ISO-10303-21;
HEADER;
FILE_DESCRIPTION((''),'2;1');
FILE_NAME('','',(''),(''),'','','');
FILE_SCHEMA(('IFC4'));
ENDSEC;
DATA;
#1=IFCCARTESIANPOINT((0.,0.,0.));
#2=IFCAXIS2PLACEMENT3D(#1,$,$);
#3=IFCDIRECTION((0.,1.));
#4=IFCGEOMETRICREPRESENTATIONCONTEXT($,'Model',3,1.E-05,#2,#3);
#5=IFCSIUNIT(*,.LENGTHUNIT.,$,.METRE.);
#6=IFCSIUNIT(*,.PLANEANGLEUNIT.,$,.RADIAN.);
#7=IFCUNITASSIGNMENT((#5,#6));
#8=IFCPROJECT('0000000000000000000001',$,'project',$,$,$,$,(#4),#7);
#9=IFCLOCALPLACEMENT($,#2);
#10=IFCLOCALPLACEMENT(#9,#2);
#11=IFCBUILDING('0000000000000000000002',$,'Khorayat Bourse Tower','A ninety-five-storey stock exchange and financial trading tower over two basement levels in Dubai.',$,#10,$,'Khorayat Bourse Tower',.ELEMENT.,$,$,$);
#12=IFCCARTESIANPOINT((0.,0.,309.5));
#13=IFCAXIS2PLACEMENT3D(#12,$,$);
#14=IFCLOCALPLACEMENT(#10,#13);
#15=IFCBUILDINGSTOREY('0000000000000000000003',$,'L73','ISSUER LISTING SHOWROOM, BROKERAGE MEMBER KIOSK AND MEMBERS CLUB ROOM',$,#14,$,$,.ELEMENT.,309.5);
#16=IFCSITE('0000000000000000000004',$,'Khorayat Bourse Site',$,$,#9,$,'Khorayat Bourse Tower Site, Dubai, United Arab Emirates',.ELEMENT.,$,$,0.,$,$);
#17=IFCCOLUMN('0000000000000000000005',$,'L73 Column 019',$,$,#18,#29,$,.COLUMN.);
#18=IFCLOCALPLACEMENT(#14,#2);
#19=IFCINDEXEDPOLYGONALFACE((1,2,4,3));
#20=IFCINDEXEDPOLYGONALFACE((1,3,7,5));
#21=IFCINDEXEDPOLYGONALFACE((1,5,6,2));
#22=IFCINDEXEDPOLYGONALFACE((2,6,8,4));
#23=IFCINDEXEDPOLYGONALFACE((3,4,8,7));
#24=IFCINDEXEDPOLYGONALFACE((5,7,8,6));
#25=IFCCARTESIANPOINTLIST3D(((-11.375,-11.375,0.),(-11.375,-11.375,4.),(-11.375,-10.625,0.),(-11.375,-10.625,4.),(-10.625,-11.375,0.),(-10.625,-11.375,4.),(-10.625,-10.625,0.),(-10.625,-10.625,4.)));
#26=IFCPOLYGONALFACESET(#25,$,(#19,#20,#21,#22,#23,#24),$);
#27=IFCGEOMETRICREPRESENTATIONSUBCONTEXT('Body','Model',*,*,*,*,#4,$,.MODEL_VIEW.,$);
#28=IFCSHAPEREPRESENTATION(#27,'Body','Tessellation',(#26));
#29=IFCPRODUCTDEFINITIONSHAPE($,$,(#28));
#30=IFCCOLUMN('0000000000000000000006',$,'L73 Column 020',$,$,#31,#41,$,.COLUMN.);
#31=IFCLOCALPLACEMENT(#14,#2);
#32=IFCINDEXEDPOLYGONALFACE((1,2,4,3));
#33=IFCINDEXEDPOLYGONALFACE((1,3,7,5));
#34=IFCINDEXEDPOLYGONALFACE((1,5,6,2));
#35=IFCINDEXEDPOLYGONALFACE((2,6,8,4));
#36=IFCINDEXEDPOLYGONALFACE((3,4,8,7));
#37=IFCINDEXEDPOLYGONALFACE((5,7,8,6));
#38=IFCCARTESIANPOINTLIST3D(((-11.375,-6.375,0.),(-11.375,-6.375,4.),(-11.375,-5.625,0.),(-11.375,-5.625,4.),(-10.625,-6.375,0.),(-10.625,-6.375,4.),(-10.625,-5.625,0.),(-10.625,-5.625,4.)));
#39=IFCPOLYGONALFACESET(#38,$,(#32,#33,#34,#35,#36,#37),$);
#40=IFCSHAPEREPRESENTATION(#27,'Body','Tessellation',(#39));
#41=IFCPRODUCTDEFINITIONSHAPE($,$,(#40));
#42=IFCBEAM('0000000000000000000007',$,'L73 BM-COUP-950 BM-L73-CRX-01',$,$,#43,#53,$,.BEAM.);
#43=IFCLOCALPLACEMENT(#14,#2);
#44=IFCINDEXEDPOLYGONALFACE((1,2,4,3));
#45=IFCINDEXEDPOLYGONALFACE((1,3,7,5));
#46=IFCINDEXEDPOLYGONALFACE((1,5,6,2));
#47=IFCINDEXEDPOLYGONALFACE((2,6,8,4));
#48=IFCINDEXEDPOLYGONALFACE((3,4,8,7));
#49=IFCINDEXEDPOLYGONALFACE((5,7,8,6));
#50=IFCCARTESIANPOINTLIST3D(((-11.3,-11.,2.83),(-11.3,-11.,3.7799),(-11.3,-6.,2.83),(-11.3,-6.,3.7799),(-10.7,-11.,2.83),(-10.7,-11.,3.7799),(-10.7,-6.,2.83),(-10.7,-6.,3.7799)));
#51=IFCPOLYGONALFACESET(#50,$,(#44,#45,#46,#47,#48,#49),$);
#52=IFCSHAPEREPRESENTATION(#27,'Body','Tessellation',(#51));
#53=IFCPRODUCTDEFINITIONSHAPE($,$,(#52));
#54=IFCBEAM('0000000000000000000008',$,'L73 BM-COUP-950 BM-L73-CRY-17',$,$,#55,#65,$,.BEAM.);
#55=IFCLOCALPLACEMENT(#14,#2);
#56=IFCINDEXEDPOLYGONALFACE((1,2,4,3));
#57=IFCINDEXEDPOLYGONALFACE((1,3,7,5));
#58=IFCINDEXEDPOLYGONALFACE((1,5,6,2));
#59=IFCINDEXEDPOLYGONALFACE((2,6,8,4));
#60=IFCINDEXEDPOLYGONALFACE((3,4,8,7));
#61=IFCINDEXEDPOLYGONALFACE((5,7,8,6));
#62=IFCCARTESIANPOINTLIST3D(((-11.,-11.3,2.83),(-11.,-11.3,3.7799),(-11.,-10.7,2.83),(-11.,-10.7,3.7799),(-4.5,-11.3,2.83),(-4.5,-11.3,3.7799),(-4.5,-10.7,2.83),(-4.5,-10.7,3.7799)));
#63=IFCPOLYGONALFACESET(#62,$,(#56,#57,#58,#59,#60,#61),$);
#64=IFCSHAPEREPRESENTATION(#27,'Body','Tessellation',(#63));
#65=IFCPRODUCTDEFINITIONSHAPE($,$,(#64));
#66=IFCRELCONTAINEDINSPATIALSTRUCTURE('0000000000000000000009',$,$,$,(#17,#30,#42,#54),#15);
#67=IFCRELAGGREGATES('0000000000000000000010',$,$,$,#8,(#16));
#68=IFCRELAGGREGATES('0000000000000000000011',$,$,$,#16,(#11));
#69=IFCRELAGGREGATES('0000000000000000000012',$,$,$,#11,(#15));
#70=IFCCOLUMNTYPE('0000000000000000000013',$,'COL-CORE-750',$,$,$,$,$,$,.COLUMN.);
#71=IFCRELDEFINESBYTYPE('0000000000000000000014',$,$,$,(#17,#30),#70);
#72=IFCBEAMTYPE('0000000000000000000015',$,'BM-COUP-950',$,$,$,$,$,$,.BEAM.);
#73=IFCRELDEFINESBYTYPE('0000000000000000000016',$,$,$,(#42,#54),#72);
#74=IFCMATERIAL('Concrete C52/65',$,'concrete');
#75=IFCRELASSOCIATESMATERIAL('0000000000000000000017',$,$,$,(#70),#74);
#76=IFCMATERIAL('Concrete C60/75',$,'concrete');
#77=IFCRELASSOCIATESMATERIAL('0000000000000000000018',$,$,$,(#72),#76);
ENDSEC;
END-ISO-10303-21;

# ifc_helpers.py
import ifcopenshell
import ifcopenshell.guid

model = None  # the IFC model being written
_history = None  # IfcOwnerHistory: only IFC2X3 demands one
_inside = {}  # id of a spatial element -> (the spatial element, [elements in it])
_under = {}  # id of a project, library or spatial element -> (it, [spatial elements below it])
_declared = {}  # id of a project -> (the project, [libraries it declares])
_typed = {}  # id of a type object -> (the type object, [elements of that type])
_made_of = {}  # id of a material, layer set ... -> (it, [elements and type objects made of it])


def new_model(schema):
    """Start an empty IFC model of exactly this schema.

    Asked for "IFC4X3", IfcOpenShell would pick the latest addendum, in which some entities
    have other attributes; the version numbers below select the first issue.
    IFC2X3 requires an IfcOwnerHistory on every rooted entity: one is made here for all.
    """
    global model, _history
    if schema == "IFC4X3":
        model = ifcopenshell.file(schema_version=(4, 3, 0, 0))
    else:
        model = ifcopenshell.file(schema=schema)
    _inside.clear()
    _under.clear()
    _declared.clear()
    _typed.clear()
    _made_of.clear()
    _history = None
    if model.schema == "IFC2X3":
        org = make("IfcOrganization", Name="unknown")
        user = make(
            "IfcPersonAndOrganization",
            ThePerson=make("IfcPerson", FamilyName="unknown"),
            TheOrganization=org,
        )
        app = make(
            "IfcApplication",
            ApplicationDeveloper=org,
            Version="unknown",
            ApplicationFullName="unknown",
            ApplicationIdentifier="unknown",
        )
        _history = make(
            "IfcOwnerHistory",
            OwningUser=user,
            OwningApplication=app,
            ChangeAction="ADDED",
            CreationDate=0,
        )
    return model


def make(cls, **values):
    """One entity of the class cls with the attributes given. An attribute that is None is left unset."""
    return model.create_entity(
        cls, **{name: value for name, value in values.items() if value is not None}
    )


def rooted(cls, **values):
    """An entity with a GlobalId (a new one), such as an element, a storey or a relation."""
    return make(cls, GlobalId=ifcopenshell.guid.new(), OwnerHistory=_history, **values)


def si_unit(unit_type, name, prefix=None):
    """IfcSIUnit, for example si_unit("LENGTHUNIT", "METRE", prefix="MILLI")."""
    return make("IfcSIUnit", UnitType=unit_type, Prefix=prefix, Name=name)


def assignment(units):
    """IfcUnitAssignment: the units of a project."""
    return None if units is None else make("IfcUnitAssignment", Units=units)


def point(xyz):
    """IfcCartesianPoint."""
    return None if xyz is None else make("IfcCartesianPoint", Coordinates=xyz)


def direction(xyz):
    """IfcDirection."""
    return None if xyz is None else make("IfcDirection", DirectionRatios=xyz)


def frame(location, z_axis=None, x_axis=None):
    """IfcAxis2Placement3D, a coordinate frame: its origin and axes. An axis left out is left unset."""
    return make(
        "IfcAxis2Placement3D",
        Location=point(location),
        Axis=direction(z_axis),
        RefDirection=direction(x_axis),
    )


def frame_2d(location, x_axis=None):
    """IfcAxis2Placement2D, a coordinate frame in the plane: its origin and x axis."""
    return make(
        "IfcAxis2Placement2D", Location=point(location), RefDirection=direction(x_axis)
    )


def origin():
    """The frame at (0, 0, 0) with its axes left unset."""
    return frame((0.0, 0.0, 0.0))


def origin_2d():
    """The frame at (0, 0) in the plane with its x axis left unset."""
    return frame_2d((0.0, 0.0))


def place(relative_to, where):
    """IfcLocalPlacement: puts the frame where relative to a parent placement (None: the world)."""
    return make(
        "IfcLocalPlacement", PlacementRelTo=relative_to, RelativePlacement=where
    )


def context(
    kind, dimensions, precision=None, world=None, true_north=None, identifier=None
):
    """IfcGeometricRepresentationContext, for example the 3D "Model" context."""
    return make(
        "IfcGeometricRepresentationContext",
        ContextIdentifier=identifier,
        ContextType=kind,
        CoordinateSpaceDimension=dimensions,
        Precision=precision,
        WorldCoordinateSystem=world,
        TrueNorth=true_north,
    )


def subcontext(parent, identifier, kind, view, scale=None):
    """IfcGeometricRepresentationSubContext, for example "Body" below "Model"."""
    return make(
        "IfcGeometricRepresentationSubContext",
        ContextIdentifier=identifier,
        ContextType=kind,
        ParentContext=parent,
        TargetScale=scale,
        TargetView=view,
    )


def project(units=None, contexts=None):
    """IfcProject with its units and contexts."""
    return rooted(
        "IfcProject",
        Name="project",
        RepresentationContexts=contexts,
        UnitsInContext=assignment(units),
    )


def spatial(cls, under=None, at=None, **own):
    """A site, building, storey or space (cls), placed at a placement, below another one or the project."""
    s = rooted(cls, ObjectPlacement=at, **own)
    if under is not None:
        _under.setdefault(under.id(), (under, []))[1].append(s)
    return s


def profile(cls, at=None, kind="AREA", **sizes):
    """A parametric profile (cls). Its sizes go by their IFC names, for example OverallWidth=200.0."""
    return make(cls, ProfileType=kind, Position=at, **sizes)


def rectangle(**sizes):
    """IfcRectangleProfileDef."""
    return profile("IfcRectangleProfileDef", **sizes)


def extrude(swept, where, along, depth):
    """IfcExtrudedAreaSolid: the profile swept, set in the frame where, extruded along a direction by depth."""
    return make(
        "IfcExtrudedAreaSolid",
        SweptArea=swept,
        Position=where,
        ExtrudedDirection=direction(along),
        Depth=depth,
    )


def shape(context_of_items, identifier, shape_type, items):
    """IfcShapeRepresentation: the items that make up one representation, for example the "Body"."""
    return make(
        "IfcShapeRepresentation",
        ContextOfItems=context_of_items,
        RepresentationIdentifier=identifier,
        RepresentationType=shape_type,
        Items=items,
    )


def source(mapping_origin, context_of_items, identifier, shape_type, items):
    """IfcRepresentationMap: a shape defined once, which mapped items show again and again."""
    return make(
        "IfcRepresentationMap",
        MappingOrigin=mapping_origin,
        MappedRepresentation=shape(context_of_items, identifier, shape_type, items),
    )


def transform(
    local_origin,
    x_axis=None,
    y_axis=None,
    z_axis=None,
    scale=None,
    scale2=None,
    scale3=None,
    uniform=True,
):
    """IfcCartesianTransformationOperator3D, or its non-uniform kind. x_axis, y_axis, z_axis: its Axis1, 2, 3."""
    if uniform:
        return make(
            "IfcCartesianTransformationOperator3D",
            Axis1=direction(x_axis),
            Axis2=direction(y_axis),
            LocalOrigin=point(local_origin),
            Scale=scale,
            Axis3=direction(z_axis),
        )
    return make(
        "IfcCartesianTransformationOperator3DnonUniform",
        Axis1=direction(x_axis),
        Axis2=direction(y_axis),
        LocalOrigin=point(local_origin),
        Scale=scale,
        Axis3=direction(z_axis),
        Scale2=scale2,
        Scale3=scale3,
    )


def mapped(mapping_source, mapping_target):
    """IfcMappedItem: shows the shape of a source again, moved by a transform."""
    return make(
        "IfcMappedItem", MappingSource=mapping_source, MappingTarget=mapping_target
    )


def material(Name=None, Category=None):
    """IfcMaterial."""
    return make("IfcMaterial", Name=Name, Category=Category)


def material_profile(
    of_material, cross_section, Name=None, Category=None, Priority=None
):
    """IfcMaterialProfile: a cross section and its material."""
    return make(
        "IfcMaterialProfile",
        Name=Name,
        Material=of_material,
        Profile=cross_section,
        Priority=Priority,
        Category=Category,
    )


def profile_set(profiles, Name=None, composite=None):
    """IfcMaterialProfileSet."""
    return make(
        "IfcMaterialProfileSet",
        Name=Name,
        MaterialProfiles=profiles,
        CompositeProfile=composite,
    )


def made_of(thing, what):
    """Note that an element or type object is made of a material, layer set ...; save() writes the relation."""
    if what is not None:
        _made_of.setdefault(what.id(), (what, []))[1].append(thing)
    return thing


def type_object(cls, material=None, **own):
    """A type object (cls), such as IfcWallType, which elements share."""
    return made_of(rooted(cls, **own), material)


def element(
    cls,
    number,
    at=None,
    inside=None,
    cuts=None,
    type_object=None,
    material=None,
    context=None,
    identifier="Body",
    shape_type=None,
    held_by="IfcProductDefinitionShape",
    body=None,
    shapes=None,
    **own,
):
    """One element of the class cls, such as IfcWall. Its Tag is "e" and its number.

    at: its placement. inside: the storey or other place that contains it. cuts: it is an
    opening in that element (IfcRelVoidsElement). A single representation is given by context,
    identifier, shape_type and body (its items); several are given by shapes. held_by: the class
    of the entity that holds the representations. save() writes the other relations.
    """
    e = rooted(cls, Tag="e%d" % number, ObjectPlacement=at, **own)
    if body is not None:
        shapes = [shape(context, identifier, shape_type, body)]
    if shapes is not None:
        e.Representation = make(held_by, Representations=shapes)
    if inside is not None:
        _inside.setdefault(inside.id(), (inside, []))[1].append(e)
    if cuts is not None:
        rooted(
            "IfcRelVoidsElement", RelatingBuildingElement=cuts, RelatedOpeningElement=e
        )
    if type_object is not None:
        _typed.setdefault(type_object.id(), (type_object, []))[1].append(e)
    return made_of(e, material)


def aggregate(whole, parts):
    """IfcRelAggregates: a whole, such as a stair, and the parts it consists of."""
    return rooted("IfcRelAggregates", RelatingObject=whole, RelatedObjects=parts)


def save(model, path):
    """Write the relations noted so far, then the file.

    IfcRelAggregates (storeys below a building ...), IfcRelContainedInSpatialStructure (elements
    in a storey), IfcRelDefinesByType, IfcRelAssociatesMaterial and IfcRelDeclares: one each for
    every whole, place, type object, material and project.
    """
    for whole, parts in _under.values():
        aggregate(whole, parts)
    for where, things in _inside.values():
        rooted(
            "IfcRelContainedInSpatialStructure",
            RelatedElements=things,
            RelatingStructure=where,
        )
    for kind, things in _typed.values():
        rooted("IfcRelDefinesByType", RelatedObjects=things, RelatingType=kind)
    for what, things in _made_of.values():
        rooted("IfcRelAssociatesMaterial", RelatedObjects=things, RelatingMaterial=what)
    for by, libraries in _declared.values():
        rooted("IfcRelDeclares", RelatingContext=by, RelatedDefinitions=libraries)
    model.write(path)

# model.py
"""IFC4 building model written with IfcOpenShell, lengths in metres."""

from ifc_helpers import new_model, si_unit, direction, frame, origin, origin_2d, place, context, subcontext, project, spatial, rectangle, extrude, source, transform, mapped, material, material_profile, profile_set, type_object, element, save


model = new_model("IFC4")

# Units and contexts
model_context = context("Model", 3, precision=1e-05, world=origin(), true_north=direction((0.0, 1.0)))
body_context = subcontext(model_context, "Body", "Model", "MODEL_VIEW")
ifc_project = project(units=[si_unit("LENGTHUNIT", "METRE"), si_unit("PLANEANGLEUNIT", "RADIAN")], contexts=[model_context])

# Site, building, storey
site_placement = place(None, origin())
site = spatial("IfcSite", under=ifc_project, at=site_placement, Name="Khorayat Bourse Site", LongName="Khorayat Bourse Tower Site, Dubai, United Arab Emirates", CompositionType="ELEMENT", RefElevation=0.0)
building_placement = place(site_placement, origin())
building = spatial("IfcBuilding", under=site, at=building_placement, Name="Khorayat Bourse Tower", Description="A ninety-five-storey stock exchange and financial trading tower over two basement levels in Dubai.", LongName="Khorayat Bourse Tower", CompositionType="ELEMENT")
storey_placement = place(building_placement, frame((0.0, 0.0, 309.5)))
storey = spatial("IfcBuildingStorey", under=building, at=storey_placement, Name="L73", Description="ISSUER LISTING SHOWROOM, BROKERAGE MEMBER KIOSK AND MEMBERS CLUB ROOM", CompositionType="ELEMENT", Elevation=309.5)

# Columns
ifc_material_1 = material(Name="Concrete C52/65", Category="concrete")
ifc_material_profile_1 = material_profile(ifc_material_1, rectangle(XDim=0.75, YDim=0.75, at=origin_2d()), Name="RC 750x750")
ifc_profile_set_1 = profile_set([ifc_material_profile_1], Name="Concrete C52/65")
column_type = type_object("IfcColumnType", Name="COL-CORE-750", PredefinedType="COLUMN", material=ifc_profile_set_1)
shared_shape_1 = source(origin(), body_context, "Body", "SweptSolid", [
    extrude(rectangle(XDim=0.75, YDim=0.75, at=origin_2d()), origin(), (0.0, 0.0, 1.0), 4.0),
])
for number, where, z_axis, x_axis, name in (
    (1, (-11.0, -11.0, 0.0), (0.0, 0.0, 1.0), (1.0, 0.0, 0.0), "L73 Column 019"),
    (2, (-11.0, -6.0, 0.0), (0.0, 0.0, 1.0), (1.0, 0.0, 0.0), "L73 Column 020"),
):
    element("IfcColumn", number, at=place(storey_placement, frame(where, z_axis=z_axis, x_axis=x_axis)), inside=storey, type_object=column_type, Name=name, PredefinedType="COLUMN", context=body_context, shape_type="MappedRepresentation", body=[
        mapped(shared_shape_1, transform((0.0, 0.0, 0.0), scale=1.0)),
    ])

# Beams
ifc_material_2 = material(Name="Concrete C60/75", Category="concrete")
ifc_material_profile_2 = material_profile(ifc_material_2, rectangle(XDim=0.6001, YDim=0.95, at=origin_2d()), Name="RC 600x950")
ifc_profile_set_2 = profile_set([ifc_material_profile_2], Name="Concrete C60/75")
beam_type = type_object("IfcBeamType", Name="BM-COUP-950", PredefinedType="BEAM", material=ifc_profile_set_2)
shared_shape_2 = source(origin(), body_context, "Body", "SweptSolid", [
    extrude(rectangle(XDim=0.6001, YDim=0.95, at=origin_2d()), origin(), (0.0, 0.0, 1.0), 5.0),
])
beam_1_placement = place(storey_placement, frame((-11.0, -11.0, 3.3049), z_axis=(0.0, 1.0, 0.0), x_axis=(-1.0, 0.0, 0.0)))
element("IfcBeam", 3, at=beam_1_placement, inside=storey, type_object=beam_type, Name="L73 BM-COUP-950 BM-L73-CRX-01", PredefinedType="BEAM", context=body_context, shape_type="MappedRepresentation", body=[
    mapped(shared_shape_2, transform((0.0, 0.0, 0.0), scale=1.0)),
])
shared_shape_3 = source(origin(), body_context, "Body", "SweptSolid", [
    extrude(rectangle(XDim=0.6001, YDim=0.95, at=origin_2d()), origin(), (0.0, 0.0, 1.0), 6.5),
])
beam_2_placement = place(storey_placement, frame((-11.0, -11.0, 3.3049), z_axis=(1.0, 0.0, 0.0), x_axis=(0.0, 1.0, 0.0)))
element("IfcBeam", 4, at=beam_2_placement, inside=storey, type_object=beam_type, Name="L73 BM-COUP-950 BM-L73-CRY-17", PredefinedType="BEAM", context=body_context, shape_type="MappedRepresentation", body=[
    mapped(shared_shape_3, transform((0.0, 0.0, 0.0), scale=1.0)),
])

save(model, "model.ifc")
